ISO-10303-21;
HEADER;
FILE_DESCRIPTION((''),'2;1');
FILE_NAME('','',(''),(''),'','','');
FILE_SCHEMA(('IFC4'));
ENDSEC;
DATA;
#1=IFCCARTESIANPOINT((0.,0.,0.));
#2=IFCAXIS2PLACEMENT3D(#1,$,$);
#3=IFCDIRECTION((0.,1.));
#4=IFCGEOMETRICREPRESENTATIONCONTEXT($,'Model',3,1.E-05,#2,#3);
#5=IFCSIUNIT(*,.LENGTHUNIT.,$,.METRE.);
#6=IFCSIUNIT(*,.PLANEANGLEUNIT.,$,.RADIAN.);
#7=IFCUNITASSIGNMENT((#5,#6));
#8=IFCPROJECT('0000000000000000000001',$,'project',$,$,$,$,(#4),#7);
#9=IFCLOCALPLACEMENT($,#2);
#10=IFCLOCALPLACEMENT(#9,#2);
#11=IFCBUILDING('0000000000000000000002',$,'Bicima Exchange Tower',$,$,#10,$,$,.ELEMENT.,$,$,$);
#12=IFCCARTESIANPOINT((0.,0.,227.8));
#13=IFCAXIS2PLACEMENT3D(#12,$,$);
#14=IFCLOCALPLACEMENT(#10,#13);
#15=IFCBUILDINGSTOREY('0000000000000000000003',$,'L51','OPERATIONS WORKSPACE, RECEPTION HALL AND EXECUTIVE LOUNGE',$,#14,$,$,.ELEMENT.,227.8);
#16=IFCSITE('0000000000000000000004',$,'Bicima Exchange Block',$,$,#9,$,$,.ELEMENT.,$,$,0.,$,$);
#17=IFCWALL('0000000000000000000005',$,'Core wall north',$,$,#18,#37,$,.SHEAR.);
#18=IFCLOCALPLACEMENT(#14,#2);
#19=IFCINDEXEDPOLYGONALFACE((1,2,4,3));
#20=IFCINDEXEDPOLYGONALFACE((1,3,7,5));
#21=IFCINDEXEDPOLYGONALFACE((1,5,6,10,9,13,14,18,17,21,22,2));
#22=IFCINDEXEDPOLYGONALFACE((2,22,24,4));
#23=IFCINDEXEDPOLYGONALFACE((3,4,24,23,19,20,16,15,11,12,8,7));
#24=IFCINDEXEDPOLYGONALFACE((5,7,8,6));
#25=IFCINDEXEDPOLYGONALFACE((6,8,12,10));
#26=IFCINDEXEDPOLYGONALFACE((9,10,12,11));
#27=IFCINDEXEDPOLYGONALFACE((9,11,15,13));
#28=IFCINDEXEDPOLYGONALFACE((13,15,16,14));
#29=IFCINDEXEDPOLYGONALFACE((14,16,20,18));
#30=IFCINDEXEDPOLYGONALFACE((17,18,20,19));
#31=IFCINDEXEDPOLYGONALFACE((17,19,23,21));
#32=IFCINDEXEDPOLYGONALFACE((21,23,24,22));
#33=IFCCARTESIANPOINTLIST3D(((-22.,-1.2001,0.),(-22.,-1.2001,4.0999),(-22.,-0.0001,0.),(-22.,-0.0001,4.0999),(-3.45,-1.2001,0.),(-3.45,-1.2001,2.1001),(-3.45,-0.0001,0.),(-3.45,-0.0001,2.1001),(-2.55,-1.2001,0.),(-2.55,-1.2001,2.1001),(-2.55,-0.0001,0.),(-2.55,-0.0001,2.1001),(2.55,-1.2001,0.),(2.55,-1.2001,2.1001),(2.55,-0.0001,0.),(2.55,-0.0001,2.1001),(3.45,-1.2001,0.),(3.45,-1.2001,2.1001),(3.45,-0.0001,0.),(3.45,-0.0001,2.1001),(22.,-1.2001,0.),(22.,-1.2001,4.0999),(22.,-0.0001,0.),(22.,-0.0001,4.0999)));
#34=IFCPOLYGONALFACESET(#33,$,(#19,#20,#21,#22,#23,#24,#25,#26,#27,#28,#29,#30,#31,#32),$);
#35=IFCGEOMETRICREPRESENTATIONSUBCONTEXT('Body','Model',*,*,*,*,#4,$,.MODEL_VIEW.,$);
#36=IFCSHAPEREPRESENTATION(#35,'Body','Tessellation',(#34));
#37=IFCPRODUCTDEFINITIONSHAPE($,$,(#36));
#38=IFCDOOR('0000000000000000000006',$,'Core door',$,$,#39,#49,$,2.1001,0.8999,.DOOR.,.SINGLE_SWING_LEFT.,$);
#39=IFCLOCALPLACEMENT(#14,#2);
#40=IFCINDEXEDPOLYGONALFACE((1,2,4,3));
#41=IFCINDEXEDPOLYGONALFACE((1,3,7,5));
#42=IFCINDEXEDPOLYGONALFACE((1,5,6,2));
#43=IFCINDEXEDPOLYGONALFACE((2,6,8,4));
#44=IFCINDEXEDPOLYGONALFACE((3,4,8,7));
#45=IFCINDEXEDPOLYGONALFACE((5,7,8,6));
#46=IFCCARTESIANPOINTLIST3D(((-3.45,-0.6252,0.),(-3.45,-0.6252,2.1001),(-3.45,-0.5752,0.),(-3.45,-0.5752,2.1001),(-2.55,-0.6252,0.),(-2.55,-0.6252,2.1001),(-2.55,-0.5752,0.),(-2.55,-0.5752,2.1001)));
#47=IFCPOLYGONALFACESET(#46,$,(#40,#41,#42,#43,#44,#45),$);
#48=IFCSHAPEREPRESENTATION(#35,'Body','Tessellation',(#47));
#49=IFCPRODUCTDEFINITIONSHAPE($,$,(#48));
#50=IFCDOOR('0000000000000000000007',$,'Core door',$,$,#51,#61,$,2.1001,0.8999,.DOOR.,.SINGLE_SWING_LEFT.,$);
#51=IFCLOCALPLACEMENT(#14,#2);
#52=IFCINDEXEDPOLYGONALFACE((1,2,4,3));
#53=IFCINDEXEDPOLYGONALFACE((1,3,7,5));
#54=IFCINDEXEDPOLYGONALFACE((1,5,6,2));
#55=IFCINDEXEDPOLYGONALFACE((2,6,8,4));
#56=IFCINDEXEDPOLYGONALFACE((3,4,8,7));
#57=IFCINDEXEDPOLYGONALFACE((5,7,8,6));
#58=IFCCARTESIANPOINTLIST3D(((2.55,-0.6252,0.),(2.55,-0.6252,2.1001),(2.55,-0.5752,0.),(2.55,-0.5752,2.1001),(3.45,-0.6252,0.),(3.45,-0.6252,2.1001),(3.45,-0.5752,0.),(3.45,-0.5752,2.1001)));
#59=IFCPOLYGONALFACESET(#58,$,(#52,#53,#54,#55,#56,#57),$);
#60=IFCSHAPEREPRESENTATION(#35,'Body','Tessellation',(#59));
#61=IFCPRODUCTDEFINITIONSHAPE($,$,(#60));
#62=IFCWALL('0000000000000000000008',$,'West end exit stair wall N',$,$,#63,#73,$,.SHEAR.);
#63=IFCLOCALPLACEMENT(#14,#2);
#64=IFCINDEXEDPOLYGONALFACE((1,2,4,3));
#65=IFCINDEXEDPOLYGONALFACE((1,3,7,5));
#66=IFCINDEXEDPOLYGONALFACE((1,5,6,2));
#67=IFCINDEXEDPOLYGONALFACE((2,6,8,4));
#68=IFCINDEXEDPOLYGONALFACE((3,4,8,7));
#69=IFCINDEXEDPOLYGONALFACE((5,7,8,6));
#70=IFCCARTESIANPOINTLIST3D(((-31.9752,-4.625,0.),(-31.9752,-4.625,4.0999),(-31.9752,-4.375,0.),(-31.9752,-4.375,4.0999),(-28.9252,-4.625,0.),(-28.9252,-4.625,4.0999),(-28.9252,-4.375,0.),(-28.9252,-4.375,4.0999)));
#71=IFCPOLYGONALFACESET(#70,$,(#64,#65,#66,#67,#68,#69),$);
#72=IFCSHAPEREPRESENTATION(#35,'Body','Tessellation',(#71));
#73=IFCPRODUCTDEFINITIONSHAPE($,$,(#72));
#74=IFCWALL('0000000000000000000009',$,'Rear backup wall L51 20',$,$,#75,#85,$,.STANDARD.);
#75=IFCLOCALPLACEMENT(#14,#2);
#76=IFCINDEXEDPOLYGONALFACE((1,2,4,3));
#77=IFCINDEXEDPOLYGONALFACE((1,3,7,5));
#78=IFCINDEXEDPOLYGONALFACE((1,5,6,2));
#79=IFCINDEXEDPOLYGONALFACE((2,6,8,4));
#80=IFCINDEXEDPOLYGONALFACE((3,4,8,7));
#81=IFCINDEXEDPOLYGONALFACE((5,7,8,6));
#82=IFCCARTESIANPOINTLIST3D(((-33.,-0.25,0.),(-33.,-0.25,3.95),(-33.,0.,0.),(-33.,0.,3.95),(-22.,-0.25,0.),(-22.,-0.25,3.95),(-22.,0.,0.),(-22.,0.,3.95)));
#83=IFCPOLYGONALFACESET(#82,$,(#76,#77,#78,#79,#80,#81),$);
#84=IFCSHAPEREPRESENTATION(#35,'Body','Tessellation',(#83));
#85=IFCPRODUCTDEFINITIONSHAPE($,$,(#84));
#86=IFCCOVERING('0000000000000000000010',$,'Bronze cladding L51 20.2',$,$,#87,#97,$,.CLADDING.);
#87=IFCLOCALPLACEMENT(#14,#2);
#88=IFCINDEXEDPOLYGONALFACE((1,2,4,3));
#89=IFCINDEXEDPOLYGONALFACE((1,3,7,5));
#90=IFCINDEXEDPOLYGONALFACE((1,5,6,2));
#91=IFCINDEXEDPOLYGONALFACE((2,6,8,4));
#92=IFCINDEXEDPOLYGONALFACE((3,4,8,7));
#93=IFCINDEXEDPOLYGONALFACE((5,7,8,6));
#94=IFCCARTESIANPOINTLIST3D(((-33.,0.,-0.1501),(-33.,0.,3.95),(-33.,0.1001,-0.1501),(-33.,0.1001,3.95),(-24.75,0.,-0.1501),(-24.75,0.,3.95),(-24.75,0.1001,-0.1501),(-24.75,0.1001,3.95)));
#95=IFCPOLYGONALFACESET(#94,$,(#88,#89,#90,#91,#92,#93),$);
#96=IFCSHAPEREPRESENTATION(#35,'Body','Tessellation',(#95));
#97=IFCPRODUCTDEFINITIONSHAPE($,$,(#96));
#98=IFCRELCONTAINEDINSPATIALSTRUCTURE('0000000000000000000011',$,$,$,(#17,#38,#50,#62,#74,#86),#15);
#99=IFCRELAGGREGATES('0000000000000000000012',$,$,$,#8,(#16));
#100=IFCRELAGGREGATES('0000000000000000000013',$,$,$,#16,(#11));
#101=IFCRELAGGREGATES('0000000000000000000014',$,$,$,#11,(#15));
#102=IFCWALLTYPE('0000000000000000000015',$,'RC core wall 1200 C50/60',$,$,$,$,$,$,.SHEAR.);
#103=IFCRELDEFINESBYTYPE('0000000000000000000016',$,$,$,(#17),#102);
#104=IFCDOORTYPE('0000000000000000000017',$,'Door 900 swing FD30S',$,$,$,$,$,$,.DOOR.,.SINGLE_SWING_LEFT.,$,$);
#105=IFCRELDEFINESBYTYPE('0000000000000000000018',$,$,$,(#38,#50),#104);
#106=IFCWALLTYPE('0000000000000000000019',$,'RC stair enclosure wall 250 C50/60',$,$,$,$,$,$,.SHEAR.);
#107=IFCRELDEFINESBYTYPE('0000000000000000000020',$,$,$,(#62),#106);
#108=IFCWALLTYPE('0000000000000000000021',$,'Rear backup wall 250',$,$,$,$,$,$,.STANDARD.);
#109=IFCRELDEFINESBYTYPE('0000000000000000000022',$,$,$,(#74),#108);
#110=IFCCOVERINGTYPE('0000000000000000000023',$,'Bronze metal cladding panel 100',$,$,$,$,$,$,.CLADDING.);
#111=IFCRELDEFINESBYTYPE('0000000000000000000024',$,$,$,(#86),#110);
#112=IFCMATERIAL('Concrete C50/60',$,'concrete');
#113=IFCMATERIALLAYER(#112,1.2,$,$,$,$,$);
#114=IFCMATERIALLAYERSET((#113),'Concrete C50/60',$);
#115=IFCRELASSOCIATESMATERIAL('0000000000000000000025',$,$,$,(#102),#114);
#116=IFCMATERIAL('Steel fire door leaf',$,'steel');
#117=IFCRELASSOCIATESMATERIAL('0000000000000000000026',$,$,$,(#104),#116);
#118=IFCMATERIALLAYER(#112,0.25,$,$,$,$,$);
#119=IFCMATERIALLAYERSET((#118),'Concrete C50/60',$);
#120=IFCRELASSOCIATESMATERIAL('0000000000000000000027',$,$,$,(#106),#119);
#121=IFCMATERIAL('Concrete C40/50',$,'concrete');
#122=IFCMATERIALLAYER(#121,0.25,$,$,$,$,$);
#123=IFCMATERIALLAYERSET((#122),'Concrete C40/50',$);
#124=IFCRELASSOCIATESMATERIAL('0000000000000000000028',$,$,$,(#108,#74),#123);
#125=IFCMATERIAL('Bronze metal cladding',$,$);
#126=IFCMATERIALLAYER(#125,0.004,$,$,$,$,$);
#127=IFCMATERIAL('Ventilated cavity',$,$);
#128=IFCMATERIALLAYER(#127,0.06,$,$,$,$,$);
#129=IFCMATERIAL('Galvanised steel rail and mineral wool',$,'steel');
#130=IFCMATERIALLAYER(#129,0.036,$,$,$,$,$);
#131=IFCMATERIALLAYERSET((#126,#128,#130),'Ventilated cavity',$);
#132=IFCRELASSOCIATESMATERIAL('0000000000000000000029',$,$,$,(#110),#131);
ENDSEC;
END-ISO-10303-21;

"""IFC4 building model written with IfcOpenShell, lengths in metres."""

from ifc_helpers import new_model, si_unit, direction, frame, frame_2d, origin, origin_2d, place, context, subcontext, project, spatial, rectangle, extrude, material, layer, layer_set, layer_usage, type_object, element, fill, save


model = new_model("IFC4")

# Units and contexts
model_context = context("Model", 3, precision=1e-05, world=origin(), true_north=direction((0.0, 1.0)))
body_context = subcontext(model_context, "Body", "Model", "MODEL_VIEW")
ifc_project = project(units=[si_unit("LENGTHUNIT", "METRE"), si_unit("PLANEANGLEUNIT", "RADIAN")], contexts=[model_context])

# Site, building, storey
site_placement = place(None, origin())
site = spatial("IfcSite", under=ifc_project, at=site_placement, Name="Bicima Exchange Block", CompositionType="ELEMENT", RefElevation=0.0)
building_placement = place(site_placement, origin())
building = spatial("IfcBuilding", under=site, at=building_placement, Name="Bicima Exchange Tower", CompositionType="ELEMENT")
storey_placement = place(building_placement, frame((0.0, 0.0, 227.8)))
storey = spatial("IfcBuildingStorey", under=building, at=storey_placement, Name="L51", Description="OPERATIONS WORKSPACE, RECEPTION HALL AND EXECUTIVE LOUNGE", CompositionType="ELEMENT", Elevation=227.8)

# Wall, openings, doors
ifc_material_1 = material(Name="Concrete C50/60", Category="concrete")
ifc_layer_1 = layer(ifc_material_1, 1.2)
ifc_layer_set_1 = layer_set([ifc_layer_1], Name="Concrete C50/60")
wall_type_1 = type_object("IfcWallType", Name="RC core wall 1200 C50/60", PredefinedType="SHEAR", material=ifc_layer_set_1)
wall_1_placement = place(storey_placement, frame((-22.0, -0.6001, 0.0), z_axis=(0.0, 0.0, 1.0), x_axis=(1.0, 0.0, 0.0)))
wall_1 = element("IfcWall", 1, at=wall_1_placement, inside=storey, type_object=wall_type_1, Name="Core wall north", PredefinedType="SHEAR", context=body_context, shape_type="SweptSolid", body=[
    extrude(rectangle(XDim=44.0, YDim=1.2, at=frame_2d((22.0, 0.0))), origin(), (0.0, 0.0, 1.0), 4.0999),
])
opening_1_placement = place(wall_1_placement, frame((18.55, 0.0, 0.0)))
opening_1 = element("IfcOpeningElement", 2, at=opening_1_placement, cuts=wall_1, PredefinedType="OPENING", context=body_context, shape_type="SweptSolid", body=[
    extrude(rectangle(XDim=0.8999, YDim=2.1001, at=frame_2d((0.45, 1.05))), frame((0.0, 0.6118, 0.0), z_axis=(0.0, -1.0, 0.0), x_axis=(1.0, 0.0, 0.0)), (0.0, 0.0, 1.0), 1.2239),
])
opening_2_placement = place(wall_1_placement, frame((24.55, 0.0, 0.0)))
opening_2 = element("IfcOpeningElement", 3, at=opening_2_placement, cuts=wall_1, PredefinedType="OPENING", context=body_context, shape_type="SweptSolid", body=[
    extrude(rectangle(XDim=0.8999, YDim=2.1001, at=frame_2d((0.45, 1.05))), frame((0.0, 0.6118, 0.0), z_axis=(0.0, -1.0, 0.0), x_axis=(1.0, 0.0, 0.0)), (0.0, 0.0, 1.0), 1.2239),
])
ifc_material_2 = material(Name="Steel fire door leaf", Category="steel")
door_type = type_object("IfcDoorType", Name="Door 900 swing FD30S", OperationType="SINGLE_SWING_LEFT", PredefinedType="DOOR", material=ifc_material_2)
door_1_placement = place(opening_1_placement, origin())
door_1 = element("IfcDoor", 4, at=door_1_placement, inside=storey, type_object=door_type, Name="Core door", OperationType="SINGLE_SWING_LEFT", OverallHeight=2.1001, OverallWidth=0.8999, PredefinedType="DOOR", context=body_context, shape_type="SweptSolid", body=[
    extrude(rectangle(XDim=0.8999, YDim=2.1001, at=frame_2d((0.45, 1.05))), frame((0.0, 0.0249, 0.0), z_axis=(0.0, -1.0, 0.0), x_axis=(1.0, 0.0, 0.0)), (0.0, 0.0, 1.0), 0.05),
])
fill(opening_1, door_1)
door_2_placement = place(opening_2_placement, origin())
door_2 = element("IfcDoor", 5, at=door_2_placement, inside=storey, type_object=door_type, Name="Core door", OperationType="SINGLE_SWING_LEFT", OverallHeight=2.1001, OverallWidth=0.8999, PredefinedType="DOOR", context=body_context, shape_type="SweptSolid", body=[
    extrude(rectangle(XDim=0.8999, YDim=2.1001, at=frame_2d((0.45, 1.05))), frame((0.0, 0.0249, 0.0), z_axis=(0.0, -1.0, 0.0), x_axis=(1.0, 0.0, 0.0)), (0.0, 0.0, 1.0), 0.05),
])
fill(opening_2, door_2)

# Walls
ifc_layer_2 = layer(ifc_material_1, 0.25)
ifc_layer_set_2 = layer_set([ifc_layer_2], Name="Concrete C50/60")
wall_type_2 = type_object("IfcWallType", Name="RC stair enclosure wall 250 C50/60", PredefinedType="SHEAR", material=ifc_layer_set_2)
wall_2_placement = place(storey_placement, frame((-31.9751, -4.5, 0.0), z_axis=(0.0, 0.0, 1.0), x_axis=(1.0, 0.0, 0.0)))
element("IfcWall", 6, at=wall_2_placement, inside=storey, type_object=wall_type_2, Name="West end exit stair wall N", PredefinedType="SHEAR", context=body_context, shape_type="SweptSolid", body=[
    extrude(rectangle(XDim=3.05, YDim=0.25, at=frame_2d((1.5249, 0.0))), origin(), (0.0, 0.0, 1.0), 4.0999),
])
ifc_material_3 = material(Name="Concrete C40/50", Category="concrete")
ifc_layer_3 = layer(ifc_material_3, 0.25)
ifc_layer_set_3 = layer_set([ifc_layer_3], Name="Concrete C40/50")
ifc_layer_usage = layer_usage(ifc_layer_set_3, "AXIS2", "POSITIVE", -0.125)
wall_type_3 = type_object("IfcWallType", Name="Rear backup wall 250", PredefinedType="STANDARD", material=ifc_layer_set_3)
wall_3_placement = place(storey_placement, frame((-22.0, -0.125, 0.0), z_axis=(0.0, 0.0, 1.0), x_axis=(-1.0, 0.0, 0.0)))
element("IfcWall", 7, at=wall_3_placement, inside=storey, type_object=wall_type_3, material=ifc_layer_usage, Name="Rear backup wall L51 20", PredefinedType="STANDARD", context=body_context, shape_type="SweptSolid", body=[
    extrude(rectangle(XDim=11.0, YDim=0.25, at=frame_2d((5.5, 0.0))), origin(), (0.0, 0.0, 1.0), 3.95),
])

# Covering
ifc_material_4 = material(Name="Bronze metal cladding")
ifc_layer_4 = layer(ifc_material_4, 0.004)
ifc_material_5 = material(Name="Ventilated cavity")
ifc_layer_5 = layer(ifc_material_5, 0.06)
ifc_material_6 = material(Name="Galvanised steel rail and mineral wool", Category="steel")
ifc_layer_6 = layer(ifc_material_6, 0.036)
ifc_layer_set_4 = layer_set([ifc_layer_4, ifc_layer_5, ifc_layer_6], Name="Ventilated cavity")
covering_type = type_object("IfcCoveringType", Name="Bronze metal cladding panel 100", PredefinedType="CLADDING", material=ifc_layer_set_4)
covering_placement = place(storey_placement, frame((-28.875, 0.05, -0.1501), z_axis=(0.0, 0.0, 1.0), x_axis=(-1.0, 0.0, 0.0)))
element("IfcCovering", 8, at=covering_placement, inside=storey, type_object=covering_type, Name="Bronze cladding L51 20.2", PredefinedType="CLADDING", context=body_context, shape_type="SweptSolid", body=[
    extrude(rectangle(XDim=8.25, YDim=0.1001, at=origin_2d()), origin(), (0.0, 0.0, 1.0), 4.1001),
])

save(model, "model.ifc")
